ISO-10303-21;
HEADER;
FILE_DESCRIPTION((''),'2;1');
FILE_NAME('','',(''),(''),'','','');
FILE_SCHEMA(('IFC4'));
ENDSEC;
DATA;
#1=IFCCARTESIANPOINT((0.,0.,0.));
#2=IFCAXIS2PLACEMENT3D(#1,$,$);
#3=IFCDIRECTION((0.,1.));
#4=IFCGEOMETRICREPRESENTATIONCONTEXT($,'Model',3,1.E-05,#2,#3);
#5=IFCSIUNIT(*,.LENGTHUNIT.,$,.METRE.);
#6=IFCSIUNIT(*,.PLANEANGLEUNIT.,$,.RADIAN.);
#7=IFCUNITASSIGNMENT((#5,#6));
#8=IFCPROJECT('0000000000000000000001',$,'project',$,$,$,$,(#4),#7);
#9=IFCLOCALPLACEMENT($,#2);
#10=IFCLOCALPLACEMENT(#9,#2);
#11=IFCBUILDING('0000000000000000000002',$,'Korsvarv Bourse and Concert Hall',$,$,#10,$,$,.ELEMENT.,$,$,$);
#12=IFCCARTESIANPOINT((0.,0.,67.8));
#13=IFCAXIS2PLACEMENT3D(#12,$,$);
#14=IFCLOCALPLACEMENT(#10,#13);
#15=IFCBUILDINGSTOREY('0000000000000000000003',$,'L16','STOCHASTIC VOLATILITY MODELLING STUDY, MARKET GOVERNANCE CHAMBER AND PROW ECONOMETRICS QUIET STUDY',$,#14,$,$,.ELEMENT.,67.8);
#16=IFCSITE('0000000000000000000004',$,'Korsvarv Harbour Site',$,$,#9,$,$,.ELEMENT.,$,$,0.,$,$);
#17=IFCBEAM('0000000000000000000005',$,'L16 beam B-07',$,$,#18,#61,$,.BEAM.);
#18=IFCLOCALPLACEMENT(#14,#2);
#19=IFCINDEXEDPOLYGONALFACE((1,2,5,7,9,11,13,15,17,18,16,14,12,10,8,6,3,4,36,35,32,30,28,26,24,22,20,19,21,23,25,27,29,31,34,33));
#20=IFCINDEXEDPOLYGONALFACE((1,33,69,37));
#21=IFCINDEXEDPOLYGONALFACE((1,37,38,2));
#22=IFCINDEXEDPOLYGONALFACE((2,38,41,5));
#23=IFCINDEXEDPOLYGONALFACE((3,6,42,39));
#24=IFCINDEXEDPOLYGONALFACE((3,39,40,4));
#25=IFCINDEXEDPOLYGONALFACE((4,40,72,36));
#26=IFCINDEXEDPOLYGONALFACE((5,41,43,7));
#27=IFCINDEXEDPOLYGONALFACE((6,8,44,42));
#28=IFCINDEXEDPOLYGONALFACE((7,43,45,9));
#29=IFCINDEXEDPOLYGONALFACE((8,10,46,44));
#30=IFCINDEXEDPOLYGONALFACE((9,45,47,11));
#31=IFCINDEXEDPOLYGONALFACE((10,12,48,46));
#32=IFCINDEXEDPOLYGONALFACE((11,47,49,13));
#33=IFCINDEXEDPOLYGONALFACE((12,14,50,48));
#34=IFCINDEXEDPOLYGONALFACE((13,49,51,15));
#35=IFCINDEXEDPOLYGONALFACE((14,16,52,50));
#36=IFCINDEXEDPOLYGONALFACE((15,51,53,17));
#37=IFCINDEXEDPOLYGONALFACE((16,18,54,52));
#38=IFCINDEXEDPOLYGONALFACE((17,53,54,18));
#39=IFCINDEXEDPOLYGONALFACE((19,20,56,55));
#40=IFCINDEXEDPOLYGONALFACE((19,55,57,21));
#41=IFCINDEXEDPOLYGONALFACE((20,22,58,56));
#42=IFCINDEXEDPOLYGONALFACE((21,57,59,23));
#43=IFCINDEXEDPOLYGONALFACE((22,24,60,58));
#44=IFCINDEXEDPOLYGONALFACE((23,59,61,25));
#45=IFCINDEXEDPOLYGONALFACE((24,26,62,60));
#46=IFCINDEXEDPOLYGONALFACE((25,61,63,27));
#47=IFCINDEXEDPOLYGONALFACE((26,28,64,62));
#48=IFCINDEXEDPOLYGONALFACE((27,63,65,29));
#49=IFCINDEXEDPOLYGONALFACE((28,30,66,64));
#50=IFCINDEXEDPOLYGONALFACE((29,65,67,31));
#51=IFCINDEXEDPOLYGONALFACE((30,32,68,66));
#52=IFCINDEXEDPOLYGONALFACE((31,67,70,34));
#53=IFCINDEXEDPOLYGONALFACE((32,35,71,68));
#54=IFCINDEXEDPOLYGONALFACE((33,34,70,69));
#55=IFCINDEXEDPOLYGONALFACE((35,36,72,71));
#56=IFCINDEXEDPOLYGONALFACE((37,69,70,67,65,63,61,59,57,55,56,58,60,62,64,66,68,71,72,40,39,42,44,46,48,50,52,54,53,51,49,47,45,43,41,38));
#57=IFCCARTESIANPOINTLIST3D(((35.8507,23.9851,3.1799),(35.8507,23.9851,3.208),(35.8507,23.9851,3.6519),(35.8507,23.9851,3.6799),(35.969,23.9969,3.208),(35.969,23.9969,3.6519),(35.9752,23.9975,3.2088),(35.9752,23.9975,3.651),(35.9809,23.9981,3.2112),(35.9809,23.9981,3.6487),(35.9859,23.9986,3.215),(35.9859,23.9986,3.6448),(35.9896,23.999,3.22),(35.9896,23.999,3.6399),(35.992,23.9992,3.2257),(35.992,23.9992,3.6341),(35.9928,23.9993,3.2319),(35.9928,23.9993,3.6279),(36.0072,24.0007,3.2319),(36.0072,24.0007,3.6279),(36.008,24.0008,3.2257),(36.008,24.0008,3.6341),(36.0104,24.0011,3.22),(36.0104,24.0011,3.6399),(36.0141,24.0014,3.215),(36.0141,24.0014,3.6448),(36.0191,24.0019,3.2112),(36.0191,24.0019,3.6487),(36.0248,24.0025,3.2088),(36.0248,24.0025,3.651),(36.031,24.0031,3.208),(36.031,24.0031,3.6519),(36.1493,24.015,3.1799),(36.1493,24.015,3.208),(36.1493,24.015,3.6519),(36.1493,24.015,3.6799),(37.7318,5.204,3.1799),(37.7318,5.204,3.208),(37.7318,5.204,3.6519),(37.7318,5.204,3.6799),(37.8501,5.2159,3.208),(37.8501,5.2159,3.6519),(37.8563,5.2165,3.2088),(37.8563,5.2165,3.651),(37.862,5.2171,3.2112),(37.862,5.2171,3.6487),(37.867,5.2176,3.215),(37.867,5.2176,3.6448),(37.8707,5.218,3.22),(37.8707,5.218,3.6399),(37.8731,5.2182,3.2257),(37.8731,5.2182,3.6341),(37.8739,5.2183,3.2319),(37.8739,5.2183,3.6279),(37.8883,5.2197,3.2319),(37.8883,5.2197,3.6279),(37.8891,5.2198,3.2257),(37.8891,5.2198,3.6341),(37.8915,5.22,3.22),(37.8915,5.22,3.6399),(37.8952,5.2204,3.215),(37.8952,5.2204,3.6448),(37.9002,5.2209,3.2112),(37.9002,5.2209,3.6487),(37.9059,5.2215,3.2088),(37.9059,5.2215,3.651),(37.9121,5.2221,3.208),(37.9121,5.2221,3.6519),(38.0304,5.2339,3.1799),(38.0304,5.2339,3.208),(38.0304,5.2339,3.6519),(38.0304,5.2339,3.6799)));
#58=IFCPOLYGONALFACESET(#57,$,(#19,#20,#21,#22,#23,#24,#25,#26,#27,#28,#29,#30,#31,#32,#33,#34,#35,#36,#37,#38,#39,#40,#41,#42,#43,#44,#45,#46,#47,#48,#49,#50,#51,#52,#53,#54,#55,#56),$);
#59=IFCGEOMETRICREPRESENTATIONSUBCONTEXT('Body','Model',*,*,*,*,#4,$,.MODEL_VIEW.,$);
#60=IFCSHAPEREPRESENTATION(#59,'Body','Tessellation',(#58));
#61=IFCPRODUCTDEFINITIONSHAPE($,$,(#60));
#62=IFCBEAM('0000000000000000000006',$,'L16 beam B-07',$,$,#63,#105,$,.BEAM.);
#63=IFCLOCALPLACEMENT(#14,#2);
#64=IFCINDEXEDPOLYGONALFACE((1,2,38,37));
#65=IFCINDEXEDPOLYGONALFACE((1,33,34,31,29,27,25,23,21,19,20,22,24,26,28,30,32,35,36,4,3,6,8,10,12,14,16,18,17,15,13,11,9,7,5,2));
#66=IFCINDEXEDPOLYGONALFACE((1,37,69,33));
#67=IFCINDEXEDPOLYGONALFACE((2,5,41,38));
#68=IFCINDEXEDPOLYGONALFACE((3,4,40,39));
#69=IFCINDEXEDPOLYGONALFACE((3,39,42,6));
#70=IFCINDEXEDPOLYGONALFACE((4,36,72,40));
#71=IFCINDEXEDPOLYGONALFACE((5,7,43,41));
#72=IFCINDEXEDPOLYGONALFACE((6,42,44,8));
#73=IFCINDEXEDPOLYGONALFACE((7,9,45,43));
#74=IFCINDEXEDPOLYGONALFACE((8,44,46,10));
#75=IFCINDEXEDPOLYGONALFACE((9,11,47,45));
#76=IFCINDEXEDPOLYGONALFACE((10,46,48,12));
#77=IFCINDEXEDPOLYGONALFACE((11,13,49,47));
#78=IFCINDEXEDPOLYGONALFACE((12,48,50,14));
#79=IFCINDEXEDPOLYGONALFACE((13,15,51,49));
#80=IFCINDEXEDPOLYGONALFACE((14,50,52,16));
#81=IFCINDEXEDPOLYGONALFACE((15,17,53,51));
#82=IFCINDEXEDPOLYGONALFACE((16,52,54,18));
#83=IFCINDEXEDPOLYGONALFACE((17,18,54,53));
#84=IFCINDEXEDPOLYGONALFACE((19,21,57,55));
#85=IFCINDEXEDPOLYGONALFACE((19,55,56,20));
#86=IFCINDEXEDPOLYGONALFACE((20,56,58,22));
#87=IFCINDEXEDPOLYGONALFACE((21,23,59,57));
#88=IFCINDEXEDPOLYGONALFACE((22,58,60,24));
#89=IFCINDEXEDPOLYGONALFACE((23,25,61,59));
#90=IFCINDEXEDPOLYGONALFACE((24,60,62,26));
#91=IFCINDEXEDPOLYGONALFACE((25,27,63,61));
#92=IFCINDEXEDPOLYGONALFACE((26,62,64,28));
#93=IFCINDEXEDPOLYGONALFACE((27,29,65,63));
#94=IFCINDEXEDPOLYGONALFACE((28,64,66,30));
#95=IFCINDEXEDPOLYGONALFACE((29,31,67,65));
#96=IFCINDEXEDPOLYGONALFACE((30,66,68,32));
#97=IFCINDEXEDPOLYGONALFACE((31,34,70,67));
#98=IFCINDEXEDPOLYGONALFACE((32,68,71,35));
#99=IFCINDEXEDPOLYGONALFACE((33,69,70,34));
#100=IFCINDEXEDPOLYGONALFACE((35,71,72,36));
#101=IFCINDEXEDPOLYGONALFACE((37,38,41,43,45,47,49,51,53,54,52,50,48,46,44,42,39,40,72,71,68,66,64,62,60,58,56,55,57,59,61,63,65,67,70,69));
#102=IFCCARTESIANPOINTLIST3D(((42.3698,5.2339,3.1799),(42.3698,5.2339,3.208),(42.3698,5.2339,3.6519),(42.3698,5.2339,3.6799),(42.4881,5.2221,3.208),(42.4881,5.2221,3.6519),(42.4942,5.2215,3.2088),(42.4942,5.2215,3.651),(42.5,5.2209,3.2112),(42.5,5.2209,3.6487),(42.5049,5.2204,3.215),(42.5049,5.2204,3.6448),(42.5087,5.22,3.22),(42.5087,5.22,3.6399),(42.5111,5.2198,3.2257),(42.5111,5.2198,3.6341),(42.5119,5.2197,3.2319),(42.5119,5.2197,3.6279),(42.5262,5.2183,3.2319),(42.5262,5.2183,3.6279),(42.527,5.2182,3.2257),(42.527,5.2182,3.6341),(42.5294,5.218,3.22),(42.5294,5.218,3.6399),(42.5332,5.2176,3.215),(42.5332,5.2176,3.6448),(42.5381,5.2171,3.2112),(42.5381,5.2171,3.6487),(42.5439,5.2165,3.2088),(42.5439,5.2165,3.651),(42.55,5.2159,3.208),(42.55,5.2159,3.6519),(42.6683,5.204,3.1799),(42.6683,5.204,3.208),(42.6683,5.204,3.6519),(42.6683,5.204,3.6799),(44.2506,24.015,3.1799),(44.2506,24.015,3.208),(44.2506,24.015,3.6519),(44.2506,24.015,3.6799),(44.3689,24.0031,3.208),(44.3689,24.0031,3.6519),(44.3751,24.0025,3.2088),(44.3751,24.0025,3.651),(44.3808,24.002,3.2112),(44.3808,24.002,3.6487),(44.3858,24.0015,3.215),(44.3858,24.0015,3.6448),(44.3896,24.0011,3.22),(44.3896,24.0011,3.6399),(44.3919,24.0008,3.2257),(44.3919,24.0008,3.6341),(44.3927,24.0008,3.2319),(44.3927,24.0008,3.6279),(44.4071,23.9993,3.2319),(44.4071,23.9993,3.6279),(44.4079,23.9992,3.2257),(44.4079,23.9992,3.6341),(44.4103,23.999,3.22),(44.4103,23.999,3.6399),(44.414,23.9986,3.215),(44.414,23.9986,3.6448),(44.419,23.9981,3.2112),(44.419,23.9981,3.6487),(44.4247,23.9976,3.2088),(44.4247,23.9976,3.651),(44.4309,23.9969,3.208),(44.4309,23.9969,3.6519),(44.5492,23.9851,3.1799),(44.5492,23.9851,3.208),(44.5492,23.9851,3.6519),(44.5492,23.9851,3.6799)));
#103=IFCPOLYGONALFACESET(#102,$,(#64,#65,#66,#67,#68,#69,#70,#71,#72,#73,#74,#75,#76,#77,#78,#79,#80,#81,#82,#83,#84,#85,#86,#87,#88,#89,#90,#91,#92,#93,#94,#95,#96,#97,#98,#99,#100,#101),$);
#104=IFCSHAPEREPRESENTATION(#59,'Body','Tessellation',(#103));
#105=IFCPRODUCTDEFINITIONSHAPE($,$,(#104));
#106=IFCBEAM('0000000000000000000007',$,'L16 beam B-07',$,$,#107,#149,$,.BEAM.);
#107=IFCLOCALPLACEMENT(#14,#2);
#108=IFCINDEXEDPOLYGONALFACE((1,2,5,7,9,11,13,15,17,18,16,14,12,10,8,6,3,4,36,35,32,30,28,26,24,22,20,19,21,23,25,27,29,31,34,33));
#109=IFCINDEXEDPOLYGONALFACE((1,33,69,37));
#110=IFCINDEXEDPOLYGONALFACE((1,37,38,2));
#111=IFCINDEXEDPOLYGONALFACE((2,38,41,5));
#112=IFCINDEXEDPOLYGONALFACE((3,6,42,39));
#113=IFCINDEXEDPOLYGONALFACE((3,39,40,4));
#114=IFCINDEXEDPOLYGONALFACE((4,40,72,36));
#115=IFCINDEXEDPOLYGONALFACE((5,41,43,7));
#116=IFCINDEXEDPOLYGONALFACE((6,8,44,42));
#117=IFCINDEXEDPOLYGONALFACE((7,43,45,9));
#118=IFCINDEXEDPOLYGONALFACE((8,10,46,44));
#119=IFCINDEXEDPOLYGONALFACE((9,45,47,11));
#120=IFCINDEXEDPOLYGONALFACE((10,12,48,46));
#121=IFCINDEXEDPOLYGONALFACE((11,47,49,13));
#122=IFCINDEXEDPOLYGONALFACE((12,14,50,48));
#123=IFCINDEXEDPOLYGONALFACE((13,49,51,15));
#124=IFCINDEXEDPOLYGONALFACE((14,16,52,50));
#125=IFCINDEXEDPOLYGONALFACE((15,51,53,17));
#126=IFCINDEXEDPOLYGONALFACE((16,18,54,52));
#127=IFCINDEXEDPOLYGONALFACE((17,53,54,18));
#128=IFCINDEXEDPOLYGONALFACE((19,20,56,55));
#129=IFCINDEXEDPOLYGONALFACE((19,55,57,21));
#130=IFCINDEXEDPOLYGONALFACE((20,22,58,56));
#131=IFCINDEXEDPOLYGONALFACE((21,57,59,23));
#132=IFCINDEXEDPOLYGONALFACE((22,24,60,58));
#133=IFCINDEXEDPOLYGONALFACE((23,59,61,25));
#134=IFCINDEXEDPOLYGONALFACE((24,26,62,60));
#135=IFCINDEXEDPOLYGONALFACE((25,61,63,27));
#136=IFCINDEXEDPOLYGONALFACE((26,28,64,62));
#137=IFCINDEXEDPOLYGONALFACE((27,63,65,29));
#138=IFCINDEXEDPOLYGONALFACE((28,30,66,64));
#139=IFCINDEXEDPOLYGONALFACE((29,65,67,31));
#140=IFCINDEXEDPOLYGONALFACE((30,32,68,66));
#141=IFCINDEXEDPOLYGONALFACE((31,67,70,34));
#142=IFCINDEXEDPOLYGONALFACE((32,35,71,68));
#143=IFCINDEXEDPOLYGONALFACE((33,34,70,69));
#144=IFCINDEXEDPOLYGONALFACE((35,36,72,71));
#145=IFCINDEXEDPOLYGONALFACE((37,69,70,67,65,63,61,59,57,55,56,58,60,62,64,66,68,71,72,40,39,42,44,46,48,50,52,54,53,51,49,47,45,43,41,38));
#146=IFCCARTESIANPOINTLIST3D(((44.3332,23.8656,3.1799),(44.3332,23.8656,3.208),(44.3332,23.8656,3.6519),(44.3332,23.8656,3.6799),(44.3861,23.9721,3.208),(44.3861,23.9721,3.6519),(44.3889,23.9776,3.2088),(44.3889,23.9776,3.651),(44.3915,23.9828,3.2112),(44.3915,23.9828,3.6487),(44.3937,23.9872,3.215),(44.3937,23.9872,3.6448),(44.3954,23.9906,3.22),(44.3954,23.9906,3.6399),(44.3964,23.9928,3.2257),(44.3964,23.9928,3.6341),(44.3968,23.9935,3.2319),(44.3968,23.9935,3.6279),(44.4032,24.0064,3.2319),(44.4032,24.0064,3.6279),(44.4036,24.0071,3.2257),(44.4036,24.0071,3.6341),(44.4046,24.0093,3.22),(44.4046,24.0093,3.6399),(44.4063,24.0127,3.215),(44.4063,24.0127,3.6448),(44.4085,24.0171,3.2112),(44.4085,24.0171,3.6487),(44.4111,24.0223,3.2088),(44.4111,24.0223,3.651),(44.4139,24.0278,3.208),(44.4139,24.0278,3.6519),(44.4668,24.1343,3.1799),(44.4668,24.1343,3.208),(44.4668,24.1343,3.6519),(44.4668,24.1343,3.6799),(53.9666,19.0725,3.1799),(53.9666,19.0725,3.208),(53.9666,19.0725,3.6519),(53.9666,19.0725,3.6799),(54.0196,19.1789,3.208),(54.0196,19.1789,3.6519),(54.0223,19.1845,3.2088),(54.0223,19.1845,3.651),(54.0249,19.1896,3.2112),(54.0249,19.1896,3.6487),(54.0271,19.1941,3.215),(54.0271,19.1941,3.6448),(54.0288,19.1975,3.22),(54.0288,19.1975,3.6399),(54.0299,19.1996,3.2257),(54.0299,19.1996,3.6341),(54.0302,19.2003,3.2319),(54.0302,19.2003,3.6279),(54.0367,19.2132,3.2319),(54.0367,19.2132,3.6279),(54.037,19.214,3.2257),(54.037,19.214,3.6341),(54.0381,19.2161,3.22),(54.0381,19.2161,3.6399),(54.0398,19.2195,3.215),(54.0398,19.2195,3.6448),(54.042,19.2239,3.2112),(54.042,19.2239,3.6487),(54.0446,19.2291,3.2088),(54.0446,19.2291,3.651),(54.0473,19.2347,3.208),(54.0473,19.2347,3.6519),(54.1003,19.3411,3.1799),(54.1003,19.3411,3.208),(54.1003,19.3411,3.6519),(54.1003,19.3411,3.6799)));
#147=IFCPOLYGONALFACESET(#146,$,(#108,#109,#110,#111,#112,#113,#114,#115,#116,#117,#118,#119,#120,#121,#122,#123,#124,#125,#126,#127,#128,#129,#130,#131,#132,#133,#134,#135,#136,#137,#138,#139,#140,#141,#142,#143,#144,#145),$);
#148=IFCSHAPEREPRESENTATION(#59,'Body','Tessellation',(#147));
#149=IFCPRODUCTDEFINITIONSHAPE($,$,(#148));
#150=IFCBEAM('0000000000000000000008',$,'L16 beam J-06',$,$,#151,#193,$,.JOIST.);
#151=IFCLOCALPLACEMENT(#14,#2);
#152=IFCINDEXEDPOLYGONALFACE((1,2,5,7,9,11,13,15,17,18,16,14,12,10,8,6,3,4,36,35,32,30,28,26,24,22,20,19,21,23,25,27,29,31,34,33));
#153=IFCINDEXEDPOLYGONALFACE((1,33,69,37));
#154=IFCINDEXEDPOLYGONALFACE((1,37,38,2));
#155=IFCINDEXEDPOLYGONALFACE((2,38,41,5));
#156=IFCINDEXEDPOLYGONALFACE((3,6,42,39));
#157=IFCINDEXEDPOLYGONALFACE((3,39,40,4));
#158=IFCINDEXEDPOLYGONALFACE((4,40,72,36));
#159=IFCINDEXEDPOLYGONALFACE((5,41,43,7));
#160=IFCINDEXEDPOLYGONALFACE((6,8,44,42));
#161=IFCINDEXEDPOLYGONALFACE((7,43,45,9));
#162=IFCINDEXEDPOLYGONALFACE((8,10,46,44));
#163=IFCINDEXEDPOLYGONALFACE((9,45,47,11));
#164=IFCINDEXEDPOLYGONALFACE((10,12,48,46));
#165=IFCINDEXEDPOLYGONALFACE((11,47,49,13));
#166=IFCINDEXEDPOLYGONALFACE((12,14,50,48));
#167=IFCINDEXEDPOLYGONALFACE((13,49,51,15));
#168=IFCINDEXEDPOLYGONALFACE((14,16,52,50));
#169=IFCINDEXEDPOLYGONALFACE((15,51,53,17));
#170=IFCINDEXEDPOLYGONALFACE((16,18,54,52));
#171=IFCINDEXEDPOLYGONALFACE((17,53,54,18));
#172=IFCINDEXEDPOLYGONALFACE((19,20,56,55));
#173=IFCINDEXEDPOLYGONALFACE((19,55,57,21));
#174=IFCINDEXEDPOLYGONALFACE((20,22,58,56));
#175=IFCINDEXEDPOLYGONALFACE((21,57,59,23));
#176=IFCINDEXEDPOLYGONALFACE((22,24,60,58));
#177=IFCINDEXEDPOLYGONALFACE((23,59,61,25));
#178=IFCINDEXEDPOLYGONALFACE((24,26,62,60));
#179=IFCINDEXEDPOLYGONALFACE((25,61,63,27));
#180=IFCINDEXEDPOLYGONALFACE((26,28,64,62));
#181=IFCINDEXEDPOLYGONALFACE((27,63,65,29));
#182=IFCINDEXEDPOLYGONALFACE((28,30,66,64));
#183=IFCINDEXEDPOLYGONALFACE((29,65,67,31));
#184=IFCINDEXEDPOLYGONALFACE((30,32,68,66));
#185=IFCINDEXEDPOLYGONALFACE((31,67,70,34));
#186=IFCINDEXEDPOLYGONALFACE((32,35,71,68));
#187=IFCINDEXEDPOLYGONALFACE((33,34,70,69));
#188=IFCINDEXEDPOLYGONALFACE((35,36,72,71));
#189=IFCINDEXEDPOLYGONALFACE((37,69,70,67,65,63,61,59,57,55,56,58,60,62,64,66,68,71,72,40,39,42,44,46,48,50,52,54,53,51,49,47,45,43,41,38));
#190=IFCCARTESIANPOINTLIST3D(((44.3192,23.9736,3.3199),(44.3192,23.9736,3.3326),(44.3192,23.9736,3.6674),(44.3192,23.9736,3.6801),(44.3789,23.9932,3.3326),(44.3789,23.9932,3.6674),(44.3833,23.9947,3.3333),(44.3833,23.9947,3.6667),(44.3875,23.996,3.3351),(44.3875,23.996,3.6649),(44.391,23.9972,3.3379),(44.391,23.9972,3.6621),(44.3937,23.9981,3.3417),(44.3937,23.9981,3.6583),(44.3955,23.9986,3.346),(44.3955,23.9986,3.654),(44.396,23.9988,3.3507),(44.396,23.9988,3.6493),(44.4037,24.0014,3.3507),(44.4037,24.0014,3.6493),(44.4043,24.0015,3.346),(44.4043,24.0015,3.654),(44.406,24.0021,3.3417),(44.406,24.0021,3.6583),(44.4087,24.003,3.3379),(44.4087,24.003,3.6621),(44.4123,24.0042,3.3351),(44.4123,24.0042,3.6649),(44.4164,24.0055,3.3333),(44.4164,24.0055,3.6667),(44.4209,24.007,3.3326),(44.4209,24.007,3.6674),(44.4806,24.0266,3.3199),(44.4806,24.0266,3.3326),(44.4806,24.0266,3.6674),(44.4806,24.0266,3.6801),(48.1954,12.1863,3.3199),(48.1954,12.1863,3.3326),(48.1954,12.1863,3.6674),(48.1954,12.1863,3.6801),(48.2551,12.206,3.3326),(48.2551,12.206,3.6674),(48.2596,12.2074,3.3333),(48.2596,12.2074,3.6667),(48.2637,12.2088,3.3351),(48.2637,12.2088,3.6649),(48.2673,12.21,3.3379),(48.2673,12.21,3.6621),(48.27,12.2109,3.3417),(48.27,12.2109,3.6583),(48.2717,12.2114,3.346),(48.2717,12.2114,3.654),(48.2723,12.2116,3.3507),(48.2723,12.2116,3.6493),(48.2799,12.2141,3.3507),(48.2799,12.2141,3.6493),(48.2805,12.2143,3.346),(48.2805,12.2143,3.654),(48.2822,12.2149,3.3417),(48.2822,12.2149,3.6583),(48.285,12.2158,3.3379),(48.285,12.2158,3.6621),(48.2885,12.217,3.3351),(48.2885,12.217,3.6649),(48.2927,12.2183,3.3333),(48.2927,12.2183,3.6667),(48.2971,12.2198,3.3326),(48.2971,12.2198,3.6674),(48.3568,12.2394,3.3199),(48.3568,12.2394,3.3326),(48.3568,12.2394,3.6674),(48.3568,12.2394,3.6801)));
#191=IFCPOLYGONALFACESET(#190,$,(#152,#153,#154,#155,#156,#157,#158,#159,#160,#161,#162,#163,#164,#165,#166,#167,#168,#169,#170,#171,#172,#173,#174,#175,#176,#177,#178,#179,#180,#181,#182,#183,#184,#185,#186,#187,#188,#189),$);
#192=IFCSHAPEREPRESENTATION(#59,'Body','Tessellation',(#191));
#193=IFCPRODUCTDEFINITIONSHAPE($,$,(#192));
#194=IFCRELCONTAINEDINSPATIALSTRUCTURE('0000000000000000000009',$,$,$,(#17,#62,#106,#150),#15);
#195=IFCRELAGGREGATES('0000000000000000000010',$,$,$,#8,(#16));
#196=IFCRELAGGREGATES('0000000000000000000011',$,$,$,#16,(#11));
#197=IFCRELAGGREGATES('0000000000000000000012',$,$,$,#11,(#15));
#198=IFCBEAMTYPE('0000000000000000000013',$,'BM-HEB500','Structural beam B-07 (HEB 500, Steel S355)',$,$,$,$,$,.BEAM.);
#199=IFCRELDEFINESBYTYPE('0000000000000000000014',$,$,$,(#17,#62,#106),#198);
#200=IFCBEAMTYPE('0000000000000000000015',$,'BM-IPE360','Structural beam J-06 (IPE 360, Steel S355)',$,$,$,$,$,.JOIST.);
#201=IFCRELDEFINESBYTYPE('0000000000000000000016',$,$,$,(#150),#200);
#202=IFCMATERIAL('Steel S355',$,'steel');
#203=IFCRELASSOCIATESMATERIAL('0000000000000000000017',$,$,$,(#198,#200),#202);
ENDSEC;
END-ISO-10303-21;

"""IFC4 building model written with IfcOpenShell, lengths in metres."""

from ifc_helpers import new_model, si_unit, direction, frame, origin, origin_2d, place, context, subcontext, project, spatial, i_section, extrude, source, transform, mapped, material, material_profile, profile_set, type_object, element, save


model = new_model("IFC4")

# Units and contexts
model_context = context("Model", 3, precision=1e-05, world=origin(), true_north=direction((0.0, 1.0)))
body_context = subcontext(model_context, "Body", "Model", "MODEL_VIEW")
ifc_project = project(units=[si_unit("LENGTHUNIT", "METRE"), si_unit("PLANEANGLEUNIT", "RADIAN")], contexts=[model_context])

# Site, building, storey
site_placement = place(None, origin())
site = spatial("IfcSite", under=ifc_project, at=site_placement, Name="Korsvarv Harbour Site", CompositionType="ELEMENT", RefElevation=0.0)
building_placement = place(site_placement, origin())
building = spatial("IfcBuilding", under=site, at=building_placement, Name="Korsvarv Bourse and Concert Hall", CompositionType="ELEMENT")
storey_placement = place(building_placement, frame((0.0, 0.0, 67.8)))
storey = spatial("IfcBuildingStorey", under=building, at=storey_placement, Name="L16", Description="STOCHASTIC VOLATILITY MODELLING STUDY, MARKET GOVERNANCE CHAMBER AND PROW ECONOMETRICS QUIET STUDY", CompositionType="ELEMENT", Elevation=67.8)

# Beams
ifc_material_1 = material(Name="Steel S355", Category="steel")
ifc_material_profile_1 = material_profile(ifc_material_1, i_section(OverallWidth=0.3, OverallDepth=0.5, WebThickness=0.0144, FlangeThickness=0.0281, FilletRadius=0.0239, at=origin_2d()), Name="HEB 500")
ifc_profile_set_1 = profile_set([ifc_material_profile_1], Name="Steel S355")
beam_type_1 = type_object("IfcBeamType", Name="BM-HEB500", Description="Structural beam B-07 (HEB 500, Steel S355)", PredefinedType="BEAM", material=ifc_profile_set_1)
shared_shape_1 = source(origin(), body_context, "Body", "SweptSolid", [
    extrude(i_section(OverallWidth=0.3, OverallDepth=0.5, WebThickness=0.0144, FlangeThickness=0.0281, FilletRadius=0.0239, at=origin_2d()), origin(), (0.0, 0.0, 1.0), 18.875),
])
for number, where, z_axis, x_axis, name in (
    (1, (37.8811, 5.219, 3.4299), (-0.099661, 0.995021, 0.0), (-0.995021, -0.099661, 0.0), "L16 beam B-07"),
    (2, (42.519, 5.219, 3.4299), (0.099648, 0.995023, 0.0), (-0.995023, 0.099648, 0.0), "L16 beam B-07"),
):
    element("IfcBeam", number, at=place(storey_placement, frame(where, z_axis=z_axis, x_axis=x_axis)), inside=storey, type_object=beam_type_1, Name=name, PredefinedType="BEAM", context=body_context, shape_type="MappedRepresentation", body=[
        mapped(shared_shape_1, transform((0.0, 0.0, 0.0), scale=1.0)),
    ])
shared_shape_2 = source(origin(), body_context, "Body", "SweptSolid", [
    extrude(i_section(OverallWidth=0.3, OverallDepth=0.5, WebThickness=0.0144, FlangeThickness=0.0281, FilletRadius=0.0239, at=origin_2d()), origin(), (0.0, 0.0, 1.0), 10.76),
])
beam_1_placement = place(storey_placement, frame((54.0334, 19.2068, 3.4299), z_axis=(-0.895301, 0.445461, 0.0), x_axis=(-0.445461, -0.895301, 0.0)))
element("IfcBeam", 3, at=beam_1_placement, inside=storey, type_object=beam_type_1, Name="L16 beam B-07", PredefinedType="BEAM", context=body_context, shape_type="MappedRepresentation", body=[
    mapped(shared_shape_2, transform((0.0, 0.0, 0.0), scale=1.0)),
])
ifc_material_profile_2 = material_profile(ifc_material_1, i_section(OverallWidth=0.1699, OverallDepth=0.3601, WebThickness=0.0081, FlangeThickness=0.0127, FilletRadius=0.0181, at=origin_2d()), Name="IPE 360")
ifc_profile_set_2 = profile_set([ifc_material_profile_2], Name="Steel S355")
beam_type_2 = type_object("IfcBeamType", Name="BM-IPE360", Description="Structural beam J-06 (IPE 360, Steel S355)", PredefinedType="JOIST", material=ifc_profile_set_2)
shared_shape_3 = source(origin(), body_context, "Body", "SweptSolid", [
    extrude(i_section(OverallWidth=0.1699, OverallDepth=0.3601, WebThickness=0.0081, FlangeThickness=0.0127, FilletRadius=0.0181, at=origin_2d()), origin(), (0.0, 0.0, 1.0), 12.4082),
])
beam_2_placement = place(storey_placement, frame((48.2761, 12.2129, 3.5), z_axis=(-0.312394, 0.949953, 0.0), x_axis=(-0.949953, -0.312394, 0.0)))
element("IfcBeam", 4, at=beam_2_placement, inside=storey, type_object=beam_type_2, Name="L16 beam J-06", PredefinedType="JOIST", context=body_context, shape_type="MappedRepresentation", body=[
    mapped(shared_shape_3, transform((0.0, 0.0, 0.0), scale=1.0)),
])

save(model, "model.ifc")
